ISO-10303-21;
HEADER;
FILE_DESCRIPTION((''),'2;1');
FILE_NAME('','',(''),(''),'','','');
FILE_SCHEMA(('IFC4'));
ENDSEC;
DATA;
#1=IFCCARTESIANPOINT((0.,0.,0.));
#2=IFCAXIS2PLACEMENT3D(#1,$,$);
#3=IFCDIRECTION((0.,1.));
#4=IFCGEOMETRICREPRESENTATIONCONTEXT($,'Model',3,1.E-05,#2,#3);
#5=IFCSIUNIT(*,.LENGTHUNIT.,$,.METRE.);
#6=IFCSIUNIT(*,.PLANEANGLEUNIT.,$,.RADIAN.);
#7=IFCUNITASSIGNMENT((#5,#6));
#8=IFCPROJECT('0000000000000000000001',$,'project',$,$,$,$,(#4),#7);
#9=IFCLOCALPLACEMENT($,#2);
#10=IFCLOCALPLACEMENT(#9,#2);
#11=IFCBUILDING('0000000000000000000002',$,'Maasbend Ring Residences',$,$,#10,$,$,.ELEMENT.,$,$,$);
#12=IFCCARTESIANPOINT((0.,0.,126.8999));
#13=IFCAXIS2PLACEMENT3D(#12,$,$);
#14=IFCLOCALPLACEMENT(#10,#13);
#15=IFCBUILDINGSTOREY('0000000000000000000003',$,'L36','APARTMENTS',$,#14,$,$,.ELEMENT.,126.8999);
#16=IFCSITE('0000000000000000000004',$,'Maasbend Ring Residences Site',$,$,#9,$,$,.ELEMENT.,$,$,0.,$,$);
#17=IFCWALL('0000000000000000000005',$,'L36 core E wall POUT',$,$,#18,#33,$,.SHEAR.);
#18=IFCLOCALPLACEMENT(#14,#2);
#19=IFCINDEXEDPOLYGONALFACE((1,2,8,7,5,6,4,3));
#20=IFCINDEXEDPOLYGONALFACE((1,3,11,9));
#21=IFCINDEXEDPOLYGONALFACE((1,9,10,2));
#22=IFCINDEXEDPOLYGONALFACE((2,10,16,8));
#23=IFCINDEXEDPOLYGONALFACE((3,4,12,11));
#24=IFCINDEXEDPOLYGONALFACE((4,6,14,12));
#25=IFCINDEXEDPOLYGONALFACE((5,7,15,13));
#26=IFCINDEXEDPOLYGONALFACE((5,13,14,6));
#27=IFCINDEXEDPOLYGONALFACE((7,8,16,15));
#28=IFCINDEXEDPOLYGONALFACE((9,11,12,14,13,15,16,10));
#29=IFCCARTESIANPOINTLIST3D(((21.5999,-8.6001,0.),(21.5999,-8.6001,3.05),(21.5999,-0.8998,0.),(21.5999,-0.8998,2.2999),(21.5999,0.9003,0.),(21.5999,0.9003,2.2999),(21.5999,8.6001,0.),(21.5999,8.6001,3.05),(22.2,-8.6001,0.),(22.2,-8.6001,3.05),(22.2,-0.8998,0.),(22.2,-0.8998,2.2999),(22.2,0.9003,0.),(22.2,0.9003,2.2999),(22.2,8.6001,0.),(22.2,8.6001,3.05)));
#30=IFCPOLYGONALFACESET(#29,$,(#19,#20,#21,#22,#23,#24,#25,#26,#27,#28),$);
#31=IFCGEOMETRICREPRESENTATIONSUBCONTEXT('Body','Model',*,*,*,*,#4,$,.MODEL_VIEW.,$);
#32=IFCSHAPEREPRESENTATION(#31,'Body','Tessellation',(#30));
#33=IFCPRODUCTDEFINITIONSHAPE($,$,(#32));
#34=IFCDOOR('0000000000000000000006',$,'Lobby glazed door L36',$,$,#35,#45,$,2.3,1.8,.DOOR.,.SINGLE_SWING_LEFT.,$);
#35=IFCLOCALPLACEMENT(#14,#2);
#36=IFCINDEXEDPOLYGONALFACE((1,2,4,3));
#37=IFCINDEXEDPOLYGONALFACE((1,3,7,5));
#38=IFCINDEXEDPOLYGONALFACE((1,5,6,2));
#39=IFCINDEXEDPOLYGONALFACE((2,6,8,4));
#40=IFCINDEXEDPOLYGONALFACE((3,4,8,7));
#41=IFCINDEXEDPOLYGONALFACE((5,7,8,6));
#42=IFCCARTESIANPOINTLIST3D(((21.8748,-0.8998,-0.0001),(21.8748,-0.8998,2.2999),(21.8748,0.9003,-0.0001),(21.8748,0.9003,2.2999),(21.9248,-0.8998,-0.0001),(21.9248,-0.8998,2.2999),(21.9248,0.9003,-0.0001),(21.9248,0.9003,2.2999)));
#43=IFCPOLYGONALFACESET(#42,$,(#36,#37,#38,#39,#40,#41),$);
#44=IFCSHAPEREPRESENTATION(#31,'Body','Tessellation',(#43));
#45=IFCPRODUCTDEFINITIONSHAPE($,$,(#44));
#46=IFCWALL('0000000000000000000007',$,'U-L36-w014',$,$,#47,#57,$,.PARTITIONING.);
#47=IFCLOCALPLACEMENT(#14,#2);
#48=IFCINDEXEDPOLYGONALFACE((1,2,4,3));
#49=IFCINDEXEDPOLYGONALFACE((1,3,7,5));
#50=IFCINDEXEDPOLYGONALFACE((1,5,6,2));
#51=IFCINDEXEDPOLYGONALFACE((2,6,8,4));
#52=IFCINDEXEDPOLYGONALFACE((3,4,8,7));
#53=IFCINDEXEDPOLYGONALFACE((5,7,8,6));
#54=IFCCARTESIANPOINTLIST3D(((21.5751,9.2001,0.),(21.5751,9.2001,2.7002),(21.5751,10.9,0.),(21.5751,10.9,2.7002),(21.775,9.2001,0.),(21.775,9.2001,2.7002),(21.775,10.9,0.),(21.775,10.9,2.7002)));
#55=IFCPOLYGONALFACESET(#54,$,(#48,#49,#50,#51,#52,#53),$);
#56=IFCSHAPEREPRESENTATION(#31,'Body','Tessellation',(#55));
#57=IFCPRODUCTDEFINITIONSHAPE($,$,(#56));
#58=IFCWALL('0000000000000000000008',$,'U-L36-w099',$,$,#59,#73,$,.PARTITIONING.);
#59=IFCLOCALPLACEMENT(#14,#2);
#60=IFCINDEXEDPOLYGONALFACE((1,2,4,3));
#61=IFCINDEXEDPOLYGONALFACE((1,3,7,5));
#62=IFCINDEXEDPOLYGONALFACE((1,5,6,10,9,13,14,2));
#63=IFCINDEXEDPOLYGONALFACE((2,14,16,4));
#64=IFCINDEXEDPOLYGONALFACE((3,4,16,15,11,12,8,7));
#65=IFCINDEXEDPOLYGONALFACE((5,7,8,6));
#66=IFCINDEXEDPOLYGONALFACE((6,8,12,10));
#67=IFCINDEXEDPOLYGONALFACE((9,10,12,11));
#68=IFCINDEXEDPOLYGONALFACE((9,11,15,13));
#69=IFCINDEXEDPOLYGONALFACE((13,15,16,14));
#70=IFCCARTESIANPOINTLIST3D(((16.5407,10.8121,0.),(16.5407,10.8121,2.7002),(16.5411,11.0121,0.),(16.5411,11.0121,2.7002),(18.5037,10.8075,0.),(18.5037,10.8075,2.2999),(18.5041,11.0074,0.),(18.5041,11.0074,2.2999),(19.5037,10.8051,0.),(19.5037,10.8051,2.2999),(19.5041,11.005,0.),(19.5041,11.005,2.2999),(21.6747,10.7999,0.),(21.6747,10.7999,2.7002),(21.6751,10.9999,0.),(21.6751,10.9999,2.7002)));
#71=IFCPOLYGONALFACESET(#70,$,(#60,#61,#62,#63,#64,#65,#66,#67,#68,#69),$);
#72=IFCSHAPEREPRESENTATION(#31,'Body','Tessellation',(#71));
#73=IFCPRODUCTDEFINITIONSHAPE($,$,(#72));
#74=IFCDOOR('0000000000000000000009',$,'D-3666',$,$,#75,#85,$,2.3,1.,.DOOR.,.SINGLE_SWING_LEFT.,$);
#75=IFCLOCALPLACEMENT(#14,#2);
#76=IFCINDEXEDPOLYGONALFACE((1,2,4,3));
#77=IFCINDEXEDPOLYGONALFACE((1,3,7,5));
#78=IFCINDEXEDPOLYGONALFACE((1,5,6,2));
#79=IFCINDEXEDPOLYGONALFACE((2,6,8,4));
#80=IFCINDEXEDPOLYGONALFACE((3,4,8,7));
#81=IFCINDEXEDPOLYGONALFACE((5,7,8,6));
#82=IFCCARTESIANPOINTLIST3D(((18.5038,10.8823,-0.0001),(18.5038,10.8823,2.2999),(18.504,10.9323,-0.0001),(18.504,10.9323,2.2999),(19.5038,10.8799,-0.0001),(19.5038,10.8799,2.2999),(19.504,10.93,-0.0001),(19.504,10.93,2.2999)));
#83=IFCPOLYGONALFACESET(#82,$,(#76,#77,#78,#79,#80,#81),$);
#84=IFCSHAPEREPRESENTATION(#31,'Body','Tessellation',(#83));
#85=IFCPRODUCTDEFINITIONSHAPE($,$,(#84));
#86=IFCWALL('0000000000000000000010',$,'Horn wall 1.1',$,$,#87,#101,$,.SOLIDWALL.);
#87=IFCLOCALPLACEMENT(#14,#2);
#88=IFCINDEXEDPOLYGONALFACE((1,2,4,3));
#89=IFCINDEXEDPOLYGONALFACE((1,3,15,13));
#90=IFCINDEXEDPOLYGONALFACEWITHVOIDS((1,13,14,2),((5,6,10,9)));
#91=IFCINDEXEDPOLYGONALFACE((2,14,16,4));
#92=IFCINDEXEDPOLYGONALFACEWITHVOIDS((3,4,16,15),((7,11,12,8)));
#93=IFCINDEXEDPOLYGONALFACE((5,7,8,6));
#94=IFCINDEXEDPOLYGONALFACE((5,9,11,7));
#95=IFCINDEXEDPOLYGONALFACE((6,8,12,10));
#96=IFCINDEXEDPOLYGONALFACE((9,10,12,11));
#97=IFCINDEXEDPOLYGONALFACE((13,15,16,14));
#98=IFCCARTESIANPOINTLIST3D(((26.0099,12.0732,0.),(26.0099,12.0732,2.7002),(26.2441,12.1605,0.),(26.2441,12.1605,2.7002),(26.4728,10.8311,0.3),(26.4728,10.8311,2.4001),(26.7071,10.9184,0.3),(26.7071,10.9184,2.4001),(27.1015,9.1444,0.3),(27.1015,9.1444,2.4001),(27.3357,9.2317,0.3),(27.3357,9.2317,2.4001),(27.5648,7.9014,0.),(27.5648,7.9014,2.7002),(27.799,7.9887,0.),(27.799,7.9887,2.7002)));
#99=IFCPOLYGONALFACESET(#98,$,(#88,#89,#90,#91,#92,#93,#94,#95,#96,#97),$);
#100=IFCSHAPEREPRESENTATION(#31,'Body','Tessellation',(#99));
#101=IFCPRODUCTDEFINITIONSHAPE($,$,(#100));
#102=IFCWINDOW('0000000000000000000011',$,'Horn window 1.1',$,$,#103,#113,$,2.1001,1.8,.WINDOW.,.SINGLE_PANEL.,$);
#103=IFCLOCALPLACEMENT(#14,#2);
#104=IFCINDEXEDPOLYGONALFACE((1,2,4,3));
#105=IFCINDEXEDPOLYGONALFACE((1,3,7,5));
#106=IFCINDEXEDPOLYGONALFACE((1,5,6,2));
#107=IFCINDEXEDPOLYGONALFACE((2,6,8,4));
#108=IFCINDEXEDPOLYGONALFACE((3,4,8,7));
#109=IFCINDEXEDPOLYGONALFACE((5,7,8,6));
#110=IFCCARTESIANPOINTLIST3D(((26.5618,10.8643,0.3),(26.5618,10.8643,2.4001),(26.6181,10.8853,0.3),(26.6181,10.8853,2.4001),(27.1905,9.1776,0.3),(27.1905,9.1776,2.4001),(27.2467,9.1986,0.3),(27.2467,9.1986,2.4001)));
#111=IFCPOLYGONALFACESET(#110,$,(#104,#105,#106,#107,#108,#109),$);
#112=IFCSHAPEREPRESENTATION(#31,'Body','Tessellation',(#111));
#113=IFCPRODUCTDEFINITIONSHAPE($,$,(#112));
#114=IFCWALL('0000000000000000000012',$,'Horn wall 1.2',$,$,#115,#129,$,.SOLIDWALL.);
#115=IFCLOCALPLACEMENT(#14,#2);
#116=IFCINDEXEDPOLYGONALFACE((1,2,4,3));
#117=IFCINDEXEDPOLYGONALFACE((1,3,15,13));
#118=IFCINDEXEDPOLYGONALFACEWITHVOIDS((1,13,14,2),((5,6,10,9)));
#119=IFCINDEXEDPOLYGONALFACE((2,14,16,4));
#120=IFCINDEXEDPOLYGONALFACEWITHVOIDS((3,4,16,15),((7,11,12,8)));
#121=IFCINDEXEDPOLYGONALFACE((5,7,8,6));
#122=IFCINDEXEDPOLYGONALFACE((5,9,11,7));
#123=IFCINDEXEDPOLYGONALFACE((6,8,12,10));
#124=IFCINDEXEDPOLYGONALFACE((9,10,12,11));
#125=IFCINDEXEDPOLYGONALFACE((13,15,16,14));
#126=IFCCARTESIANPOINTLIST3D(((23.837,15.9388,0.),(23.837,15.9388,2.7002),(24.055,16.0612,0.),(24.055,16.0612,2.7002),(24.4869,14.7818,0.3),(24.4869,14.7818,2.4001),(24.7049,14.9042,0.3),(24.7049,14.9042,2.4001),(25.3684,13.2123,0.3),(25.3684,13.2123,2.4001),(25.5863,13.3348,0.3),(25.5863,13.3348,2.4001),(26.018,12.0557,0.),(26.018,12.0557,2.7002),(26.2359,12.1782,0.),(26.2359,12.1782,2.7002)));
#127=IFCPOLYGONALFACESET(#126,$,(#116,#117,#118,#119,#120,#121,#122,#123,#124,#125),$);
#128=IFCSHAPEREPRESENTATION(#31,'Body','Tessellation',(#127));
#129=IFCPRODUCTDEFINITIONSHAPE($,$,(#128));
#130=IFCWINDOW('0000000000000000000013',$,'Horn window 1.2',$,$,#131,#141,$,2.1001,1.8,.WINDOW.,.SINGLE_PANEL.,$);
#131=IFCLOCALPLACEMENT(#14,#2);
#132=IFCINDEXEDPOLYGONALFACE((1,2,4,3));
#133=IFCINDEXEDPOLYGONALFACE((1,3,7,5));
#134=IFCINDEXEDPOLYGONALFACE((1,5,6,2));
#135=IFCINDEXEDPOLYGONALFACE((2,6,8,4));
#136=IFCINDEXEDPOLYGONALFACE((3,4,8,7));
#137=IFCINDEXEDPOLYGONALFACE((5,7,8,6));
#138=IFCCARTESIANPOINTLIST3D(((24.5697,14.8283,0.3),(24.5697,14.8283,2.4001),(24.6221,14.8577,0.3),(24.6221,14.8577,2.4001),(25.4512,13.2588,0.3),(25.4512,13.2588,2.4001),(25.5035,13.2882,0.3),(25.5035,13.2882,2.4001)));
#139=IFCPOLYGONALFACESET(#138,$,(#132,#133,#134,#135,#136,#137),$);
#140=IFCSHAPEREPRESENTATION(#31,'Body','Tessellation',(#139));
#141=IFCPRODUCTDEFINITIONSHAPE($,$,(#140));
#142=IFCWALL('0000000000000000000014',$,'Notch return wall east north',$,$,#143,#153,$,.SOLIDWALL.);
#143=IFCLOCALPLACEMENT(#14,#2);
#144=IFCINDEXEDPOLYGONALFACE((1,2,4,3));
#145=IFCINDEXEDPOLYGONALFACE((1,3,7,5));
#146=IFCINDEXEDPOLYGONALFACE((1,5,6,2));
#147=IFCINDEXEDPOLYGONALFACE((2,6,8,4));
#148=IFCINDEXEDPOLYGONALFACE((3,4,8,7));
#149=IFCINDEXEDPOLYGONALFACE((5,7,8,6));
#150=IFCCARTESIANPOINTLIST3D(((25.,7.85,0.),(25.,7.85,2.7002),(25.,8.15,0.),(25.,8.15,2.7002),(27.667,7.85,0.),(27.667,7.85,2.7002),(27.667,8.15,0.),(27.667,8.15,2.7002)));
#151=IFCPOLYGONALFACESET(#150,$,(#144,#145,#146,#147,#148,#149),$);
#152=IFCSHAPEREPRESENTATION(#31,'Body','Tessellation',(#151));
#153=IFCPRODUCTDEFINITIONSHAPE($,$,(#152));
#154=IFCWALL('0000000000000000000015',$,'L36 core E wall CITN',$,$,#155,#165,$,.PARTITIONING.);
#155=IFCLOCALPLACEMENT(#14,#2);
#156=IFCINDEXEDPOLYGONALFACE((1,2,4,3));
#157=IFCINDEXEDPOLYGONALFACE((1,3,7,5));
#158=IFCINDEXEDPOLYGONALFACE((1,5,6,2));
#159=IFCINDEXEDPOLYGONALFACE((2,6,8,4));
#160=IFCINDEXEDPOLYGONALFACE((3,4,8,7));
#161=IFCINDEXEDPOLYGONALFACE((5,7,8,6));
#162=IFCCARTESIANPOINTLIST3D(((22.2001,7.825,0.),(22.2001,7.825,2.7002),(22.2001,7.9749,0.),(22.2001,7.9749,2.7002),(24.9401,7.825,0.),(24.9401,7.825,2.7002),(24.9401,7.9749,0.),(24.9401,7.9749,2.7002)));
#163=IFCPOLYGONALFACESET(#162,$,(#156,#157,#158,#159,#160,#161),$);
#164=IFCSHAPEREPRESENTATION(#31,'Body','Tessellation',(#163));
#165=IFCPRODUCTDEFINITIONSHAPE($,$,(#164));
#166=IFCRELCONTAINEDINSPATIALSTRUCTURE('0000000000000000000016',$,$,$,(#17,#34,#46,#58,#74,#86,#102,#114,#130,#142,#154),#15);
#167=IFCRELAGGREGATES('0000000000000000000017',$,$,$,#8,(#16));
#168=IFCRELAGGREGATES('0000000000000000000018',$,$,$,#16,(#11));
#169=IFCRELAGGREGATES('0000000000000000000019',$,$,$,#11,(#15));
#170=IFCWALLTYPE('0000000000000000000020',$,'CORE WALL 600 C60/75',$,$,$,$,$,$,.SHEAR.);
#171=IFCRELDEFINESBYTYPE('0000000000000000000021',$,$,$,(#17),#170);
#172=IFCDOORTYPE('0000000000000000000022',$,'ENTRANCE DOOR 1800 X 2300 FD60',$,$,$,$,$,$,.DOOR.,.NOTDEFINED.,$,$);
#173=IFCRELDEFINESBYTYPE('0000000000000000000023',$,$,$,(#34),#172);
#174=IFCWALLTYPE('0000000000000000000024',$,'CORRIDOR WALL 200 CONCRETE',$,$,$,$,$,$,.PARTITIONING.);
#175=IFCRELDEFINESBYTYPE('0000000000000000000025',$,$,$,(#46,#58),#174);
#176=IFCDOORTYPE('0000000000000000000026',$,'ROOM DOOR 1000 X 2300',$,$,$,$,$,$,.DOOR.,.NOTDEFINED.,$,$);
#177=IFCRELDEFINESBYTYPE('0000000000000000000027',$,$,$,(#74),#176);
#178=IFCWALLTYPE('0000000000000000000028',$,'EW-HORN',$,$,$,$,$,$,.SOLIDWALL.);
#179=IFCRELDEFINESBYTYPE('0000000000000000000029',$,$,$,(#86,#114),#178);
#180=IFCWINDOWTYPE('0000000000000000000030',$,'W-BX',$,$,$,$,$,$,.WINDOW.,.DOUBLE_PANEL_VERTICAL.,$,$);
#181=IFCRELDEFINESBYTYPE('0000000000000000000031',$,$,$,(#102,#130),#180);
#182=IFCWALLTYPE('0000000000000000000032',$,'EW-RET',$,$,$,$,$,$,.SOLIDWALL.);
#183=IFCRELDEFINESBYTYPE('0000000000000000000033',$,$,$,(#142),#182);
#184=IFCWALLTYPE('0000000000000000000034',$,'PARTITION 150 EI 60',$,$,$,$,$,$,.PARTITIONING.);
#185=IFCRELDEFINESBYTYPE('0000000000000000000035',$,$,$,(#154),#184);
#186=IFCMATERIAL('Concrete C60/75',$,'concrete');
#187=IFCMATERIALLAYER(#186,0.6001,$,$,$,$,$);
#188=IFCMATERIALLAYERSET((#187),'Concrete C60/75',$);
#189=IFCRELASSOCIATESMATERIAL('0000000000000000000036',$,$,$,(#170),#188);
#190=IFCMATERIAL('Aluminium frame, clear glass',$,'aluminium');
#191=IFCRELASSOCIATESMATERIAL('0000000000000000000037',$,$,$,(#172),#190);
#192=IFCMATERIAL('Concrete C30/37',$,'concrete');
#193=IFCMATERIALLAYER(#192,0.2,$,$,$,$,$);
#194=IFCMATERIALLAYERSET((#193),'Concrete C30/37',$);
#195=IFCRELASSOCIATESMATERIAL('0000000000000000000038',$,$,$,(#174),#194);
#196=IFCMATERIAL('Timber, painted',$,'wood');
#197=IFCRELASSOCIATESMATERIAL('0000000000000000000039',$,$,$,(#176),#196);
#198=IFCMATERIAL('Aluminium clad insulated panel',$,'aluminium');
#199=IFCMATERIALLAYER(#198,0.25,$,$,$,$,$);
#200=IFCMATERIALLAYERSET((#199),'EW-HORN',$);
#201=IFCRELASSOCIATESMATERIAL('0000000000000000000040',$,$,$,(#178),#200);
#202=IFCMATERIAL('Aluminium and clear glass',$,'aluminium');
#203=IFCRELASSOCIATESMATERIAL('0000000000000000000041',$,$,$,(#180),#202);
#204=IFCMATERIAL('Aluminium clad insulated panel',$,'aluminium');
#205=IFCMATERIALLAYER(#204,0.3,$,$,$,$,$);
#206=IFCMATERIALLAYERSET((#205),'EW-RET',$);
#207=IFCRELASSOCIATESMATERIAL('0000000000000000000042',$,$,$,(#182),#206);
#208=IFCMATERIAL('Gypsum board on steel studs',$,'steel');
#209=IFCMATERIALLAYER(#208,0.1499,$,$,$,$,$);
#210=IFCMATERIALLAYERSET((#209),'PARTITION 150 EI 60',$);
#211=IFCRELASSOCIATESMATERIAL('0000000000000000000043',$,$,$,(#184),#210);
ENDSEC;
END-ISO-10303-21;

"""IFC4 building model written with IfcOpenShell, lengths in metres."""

from ifc_helpers import new_model, si_unit, direction, frame, frame_2d, origin, place, context, subcontext, project, spatial, rectangle, extrude, material, layer, layer_set, type_object, element, fill, save


model = new_model("IFC4")

# Units and contexts
model_context = context("Model", 3, precision=1e-05, world=origin(), true_north=direction((0.0, 1.0)))
body_context = subcontext(model_context, "Body", "Model", "MODEL_VIEW")
ifc_project = project(units=[si_unit("LENGTHUNIT", "METRE"), si_unit("PLANEANGLEUNIT", "RADIAN")], contexts=[model_context])

# Site, building, storey
site_placement = place(None, origin())
site = spatial("IfcSite", under=ifc_project, at=site_placement, Name="Maasbend Ring Residences Site", CompositionType="ELEMENT", RefElevation=0.0)
building_placement = place(site_placement, origin())
building = spatial("IfcBuilding", under=site, at=building_placement, Name="Maasbend Ring Residences", CompositionType="ELEMENT")
storey_placement = place(building_placement, frame((0.0, 0.0, 126.8999)))
storey = spatial("IfcBuildingStorey", under=building, at=storey_placement, Name="L36", Description="APARTMENTS", CompositionType="ELEMENT", Elevation=126.8999)

# Wall, opening, door
ifc_material_1 = material(Name="Concrete C60/75", Category="concrete")
ifc_layer_1 = layer(ifc_material_1, 0.6001)
ifc_layer_set_1 = layer_set([ifc_layer_1], Name="Concrete C60/75")
wall_type_1 = type_object("IfcWallType", Name="CORE WALL 600 C60/75", PredefinedType="SHEAR", material=ifc_layer_set_1)
wall_1_placement = place(storey_placement, frame((21.8999, 8.6001, 0.0), z_axis=(0.0, 0.0, 1.0), x_axis=(0.0, -1.0, 0.0)))
wall_1 = element("IfcWall", 1, at=wall_1_placement, inside=storey, type_object=wall_type_1, Name="L36 core E wall POUT", PredefinedType="SHEAR", context=body_context, shape_type="SweptSolid", body=[
    extrude(rectangle(XDim=17.2002, YDim=0.6001, at=frame_2d((8.6001, 0.0))), origin(), (0.0, 0.0, 1.0), 3.05),
])
opening_1_placement = place(wall_1_placement, frame((7.7, 0.0, 0.0)))
opening_1 = element("IfcOpeningElement", 2, at=opening_1_placement, cuts=wall_1, PredefinedType="OPENING", context=body_context, shape_type="SweptSolid", body=[
    extrude(rectangle(XDim=1.8, YDim=2.3, at=frame_2d((0.8999, 1.1499))), frame((0.0, 0.3101, 0.0), z_axis=(0.0, -1.0, 0.0), x_axis=(1.0, 0.0, 0.0)), (0.0, 0.0, 1.0), 0.6201),
])
ifc_material_2 = material(Name="Aluminium frame, clear glass", Category="aluminium")
door_type_1 = type_object("IfcDoorType", Name="ENTRANCE DOOR 1800 X 2300 FD60", OperationType="NOTDEFINED", PredefinedType="DOOR", material=ifc_material_2)
door_1_placement = place(opening_1_placement, origin())
door_1 = element("IfcDoor", 3, at=door_1_placement, inside=storey, type_object=door_type_1, Name="Lobby glazed door L36", OperationType="SINGLE_SWING_LEFT", OverallHeight=2.3, OverallWidth=1.8, PredefinedType="DOOR", context=body_context, shape_type="SweptSolid", body=[
    extrude(rectangle(XDim=1.8, YDim=2.3, at=frame_2d((0.8999, 1.1499))), frame((0.0, 0.0249, 0.0), z_axis=(0.0, -1.0, 0.0), x_axis=(1.0, 0.0, 0.0)), (0.0, 0.0, 1.0), 0.05),
])
fill(opening_1, door_1)

# Wall
ifc_material_3 = material(Name="Concrete C30/37", Category="concrete")
ifc_layer_2 = layer(ifc_material_3, 0.2)
ifc_layer_set_2 = layer_set([ifc_layer_2], Name="Concrete C30/37")
wall_type_2 = type_object("IfcWallType", Name="CORRIDOR WALL 200 CONCRETE", PredefinedType="PARTITIONING", material=ifc_layer_set_2)
wall_2_placement = place(storey_placement, frame((21.675, 9.2, 0.0), z_axis=(0.0, 0.0, 1.0), x_axis=(0.0, 1.0, 0.0)))
element("IfcWall", 4, at=wall_2_placement, inside=storey, type_object=wall_type_2, Name="U-L36-w014", PredefinedType="PARTITIONING", context=body_context, shape_type="SweptSolid", body=[
    extrude(rectangle(XDim=1.7, YDim=0.2, at=frame_2d((0.8501, 0.0))), origin(), (0.0, 0.0, 1.0), 2.7002),
])

# Wall, opening, door
wall_3_placement = place(storey_placement, frame((16.541, 10.9121, 0.0), z_axis=(0.0, 0.0, 1.0), x_axis=(0.999997, -0.002378, 0.0)))
wall_3 = element("IfcWall", 5, at=wall_3_placement, inside=storey, type_object=wall_type_2, Name="U-L36-w099", PredefinedType="PARTITIONING", context=body_context, shape_type="SweptSolid", body=[
    extrude(rectangle(XDim=5.134, YDim=0.2, at=frame_2d((2.5669, 0.0))), origin(), (0.0, 0.0, 1.0), 2.7002),
])
opening_2_placement = place(wall_3_placement, frame((1.9629, 0.0, 0.0)))
opening_2 = element("IfcOpeningElement", 6, at=opening_2_placement, cuts=wall_3, PredefinedType="OPENING", context=body_context, shape_type="SweptSolid", body=[
    extrude(rectangle(XDim=1.0, YDim=2.3, at=frame_2d((0.5, 1.1499))), frame((0.0, 0.1099, 0.0), z_axis=(0.0, -1.0, 0.0), x_axis=(1.0, 0.0, 0.0)), (0.0, 0.0, 1.0), 0.22),
])
ifc_material_4 = material(Name="Timber, painted", Category="wood")
door_type_2 = type_object("IfcDoorType", Name="ROOM DOOR 1000 X 2300", OperationType="NOTDEFINED", PredefinedType="DOOR", material=ifc_material_4)
door_2_placement = place(opening_2_placement, origin())
door_2 = element("IfcDoor", 7, at=door_2_placement, inside=storey, type_object=door_type_2, Name="D-3666", OperationType="SINGLE_SWING_LEFT", OverallHeight=2.3, OverallWidth=1.0, PredefinedType="DOOR", context=body_context, shape_type="SweptSolid", body=[
    extrude(rectangle(XDim=1.0, YDim=2.3, at=frame_2d((0.5, 1.1499))), frame((0.0, 0.0249, 0.0), z_axis=(0.0, -1.0, 0.0), x_axis=(1.0, 0.0, 0.0)), (0.0, 0.0, 1.0), 0.05),
])
fill(opening_2, door_2)

# Walls, openings, windows
ifc_material_5 = material(Name="Aluminium clad insulated panel", Category="aluminium")
ifc_layer_3 = layer(ifc_material_5, 0.25)
ifc_layer_set_3 = layer_set([ifc_layer_3], Name="EW-HORN")
wall_type_3 = type_object("IfcWallType", Name="EW-HORN", PredefinedType="SOLIDWALL", material=ifc_layer_set_3)
wall_4_placement = place(storey_placement, frame((27.6819, 7.9451, 0.0), z_axis=(0.0, 0.0, 1.0), x_axis=(-0.349248, 0.93703, 0.0)))
wall_4 = element("IfcWall", 8, at=wall_4_placement, inside=storey, type_object=wall_type_3, Name="Horn wall 1.1", PredefinedType="SOLIDWALL", context=body_context, shape_type="SweptSolid", body=[
    extrude(rectangle(XDim=4.4521, YDim=0.25, at=frame_2d((2.2261, 0.0))), origin(), (0.0, 0.0, 1.0), 2.7002),
])
opening_3_placement = place(wall_4_placement, frame((1.3267, 0.0, 0.3)))
opening_3 = element("IfcOpeningElement", 9, at=opening_3_placement, cuts=wall_4, PredefinedType="OPENING", context=body_context, shape_type="SweptSolid", body=[
    extrude(rectangle(XDim=1.8, YDim=2.1001, at=frame_2d((0.8999, 1.05))), frame((0.0, 0.135, 0.0), z_axis=(0.0, -1.0, 0.0), x_axis=(1.0, 0.0, 0.0)), (0.0, 0.0, 1.0), 0.27),
])
ifc_material_6 = material(Name="Aluminium and clear glass", Category="aluminium")
window_type = type_object("IfcWindowType", Name="W-BX", PartitioningType="DOUBLE_PANEL_VERTICAL", PredefinedType="WINDOW", material=ifc_material_6)
window_1_placement = place(opening_3_placement, origin())
window_1 = element("IfcWindow", 10, at=window_1_placement, inside=storey, type_object=window_type, Name="Horn window 1.1", OverallHeight=2.1001, OverallWidth=1.8, PartitioningType="SINGLE_PANEL", PredefinedType="WINDOW", context=body_context, shape_type="SweptSolid", body=[
    extrude(rectangle(XDim=1.8, YDim=2.1001, at=frame_2d((0.8999, 1.05))), frame((0.0, 0.03, 0.0), z_axis=(0.0, -1.0, 0.0), x_axis=(1.0, 0.0, 0.0)), (0.0, 0.0, 1.0), 0.0601),
])
fill(opening_3, window_1)
wall_5_placement = place(storey_placement, frame((26.127, 12.1169, 0.0), z_axis=(0.0, 0.0, 1.0), x_axis=(-0.489696, 0.871893, 0.0)))
wall_5 = element("IfcWall", 11, at=wall_5_placement, inside=storey, type_object=wall_type_3, Name="Horn wall 1.2", PredefinedType="SOLIDWALL", context=body_context, shape_type="SweptSolid", body=[
    extrude(rectangle(XDim=4.4536, YDim=0.25, at=frame_2d((2.2268, 0.0))), origin(), (0.0, 0.0, 1.0), 2.7002),
])
opening_4_placement = place(wall_5_placement, frame((1.3267, 0.0, 0.3)))
opening_4 = element("IfcOpeningElement", 12, at=opening_4_placement, cuts=wall_5, PredefinedType="OPENING", context=body_context, shape_type="SweptSolid", body=[
    extrude(rectangle(XDim=1.8, YDim=2.1001, at=frame_2d((0.8999, 1.05))), frame((0.0, 0.135, 0.0), z_axis=(0.0, -1.0, 0.0), x_axis=(1.0, 0.0, 0.0)), (0.0, 0.0, 1.0), 0.27),
])
window_2_placement = place(opening_4_placement, origin())
window_2 = element("IfcWindow", 13, at=window_2_placement, inside=storey, type_object=window_type, Name="Horn window 1.2", OverallHeight=2.1001, OverallWidth=1.8, PartitioningType="SINGLE_PANEL", PredefinedType="WINDOW", context=body_context, shape_type="SweptSolid", body=[
    extrude(rectangle(XDim=1.8, YDim=2.1001, at=frame_2d((0.8999, 1.05))), frame((0.0, 0.03, 0.0), z_axis=(0.0, -1.0, 0.0), x_axis=(1.0, 0.0, 0.0)), (0.0, 0.0, 1.0), 0.0601),
])
fill(opening_4, window_2)

# Walls
ifc_material_7 = material(Name="Aluminium clad insulated panel", Category="aluminium")
ifc_layer_4 = layer(ifc_material_7, 0.3)
ifc_layer_set_4 = layer_set([ifc_layer_4], Name="EW-RET")
wall_type_4 = type_object("IfcWallType", Name="EW-RET", PredefinedType="SOLIDWALL", material=ifc_layer_set_4)
wall_6_placement = place(storey_placement, frame((25.0, 8.0, 0.0), z_axis=(0.0, 0.0, 1.0), x_axis=(1.0, 0.0, 0.0)))
element("IfcWall", 14, at=wall_6_placement, inside=storey, type_object=wall_type_4, Name="Notch return wall east north", PredefinedType="SOLIDWALL", context=body_context, shape_type="SweptSolid", body=[
    extrude(rectangle(XDim=2.667, YDim=0.3, at=frame_2d((1.3335, 0.0))), origin(), (0.0, 0.0, 1.0), 2.7002),
])
ifc_material_8 = material(Name="Gypsum board on steel studs", Category="steel")
ifc_layer_5 = layer(ifc_material_8, 0.1499)
ifc_layer_set_5 = layer_set([ifc_layer_5], Name="PARTITION 150 EI 60")
wall_type_5 = type_object("IfcWallType", Name="PARTITION 150 EI 60", PredefinedType="PARTITIONING", material=ifc_layer_set_5)
wall_7_placement = place(storey_placement, frame((22.2, 7.8999, 0.0), z_axis=(0.0, 0.0, 1.0), x_axis=(1.0, 0.0, 0.0)))
element("IfcWall", 15, at=wall_7_placement, inside=storey, type_object=wall_type_5, Name="L36 core E wall CITN", PredefinedType="PARTITIONING", context=body_context, shape_type="SweptSolid", body=[
    extrude(rectangle(XDim=2.74, YDim=0.1499, at=frame_2d((1.3701, 0.0))), origin(), (0.0, 0.0, 1.0), 2.7002),
])

save(model, "model.ifc")
